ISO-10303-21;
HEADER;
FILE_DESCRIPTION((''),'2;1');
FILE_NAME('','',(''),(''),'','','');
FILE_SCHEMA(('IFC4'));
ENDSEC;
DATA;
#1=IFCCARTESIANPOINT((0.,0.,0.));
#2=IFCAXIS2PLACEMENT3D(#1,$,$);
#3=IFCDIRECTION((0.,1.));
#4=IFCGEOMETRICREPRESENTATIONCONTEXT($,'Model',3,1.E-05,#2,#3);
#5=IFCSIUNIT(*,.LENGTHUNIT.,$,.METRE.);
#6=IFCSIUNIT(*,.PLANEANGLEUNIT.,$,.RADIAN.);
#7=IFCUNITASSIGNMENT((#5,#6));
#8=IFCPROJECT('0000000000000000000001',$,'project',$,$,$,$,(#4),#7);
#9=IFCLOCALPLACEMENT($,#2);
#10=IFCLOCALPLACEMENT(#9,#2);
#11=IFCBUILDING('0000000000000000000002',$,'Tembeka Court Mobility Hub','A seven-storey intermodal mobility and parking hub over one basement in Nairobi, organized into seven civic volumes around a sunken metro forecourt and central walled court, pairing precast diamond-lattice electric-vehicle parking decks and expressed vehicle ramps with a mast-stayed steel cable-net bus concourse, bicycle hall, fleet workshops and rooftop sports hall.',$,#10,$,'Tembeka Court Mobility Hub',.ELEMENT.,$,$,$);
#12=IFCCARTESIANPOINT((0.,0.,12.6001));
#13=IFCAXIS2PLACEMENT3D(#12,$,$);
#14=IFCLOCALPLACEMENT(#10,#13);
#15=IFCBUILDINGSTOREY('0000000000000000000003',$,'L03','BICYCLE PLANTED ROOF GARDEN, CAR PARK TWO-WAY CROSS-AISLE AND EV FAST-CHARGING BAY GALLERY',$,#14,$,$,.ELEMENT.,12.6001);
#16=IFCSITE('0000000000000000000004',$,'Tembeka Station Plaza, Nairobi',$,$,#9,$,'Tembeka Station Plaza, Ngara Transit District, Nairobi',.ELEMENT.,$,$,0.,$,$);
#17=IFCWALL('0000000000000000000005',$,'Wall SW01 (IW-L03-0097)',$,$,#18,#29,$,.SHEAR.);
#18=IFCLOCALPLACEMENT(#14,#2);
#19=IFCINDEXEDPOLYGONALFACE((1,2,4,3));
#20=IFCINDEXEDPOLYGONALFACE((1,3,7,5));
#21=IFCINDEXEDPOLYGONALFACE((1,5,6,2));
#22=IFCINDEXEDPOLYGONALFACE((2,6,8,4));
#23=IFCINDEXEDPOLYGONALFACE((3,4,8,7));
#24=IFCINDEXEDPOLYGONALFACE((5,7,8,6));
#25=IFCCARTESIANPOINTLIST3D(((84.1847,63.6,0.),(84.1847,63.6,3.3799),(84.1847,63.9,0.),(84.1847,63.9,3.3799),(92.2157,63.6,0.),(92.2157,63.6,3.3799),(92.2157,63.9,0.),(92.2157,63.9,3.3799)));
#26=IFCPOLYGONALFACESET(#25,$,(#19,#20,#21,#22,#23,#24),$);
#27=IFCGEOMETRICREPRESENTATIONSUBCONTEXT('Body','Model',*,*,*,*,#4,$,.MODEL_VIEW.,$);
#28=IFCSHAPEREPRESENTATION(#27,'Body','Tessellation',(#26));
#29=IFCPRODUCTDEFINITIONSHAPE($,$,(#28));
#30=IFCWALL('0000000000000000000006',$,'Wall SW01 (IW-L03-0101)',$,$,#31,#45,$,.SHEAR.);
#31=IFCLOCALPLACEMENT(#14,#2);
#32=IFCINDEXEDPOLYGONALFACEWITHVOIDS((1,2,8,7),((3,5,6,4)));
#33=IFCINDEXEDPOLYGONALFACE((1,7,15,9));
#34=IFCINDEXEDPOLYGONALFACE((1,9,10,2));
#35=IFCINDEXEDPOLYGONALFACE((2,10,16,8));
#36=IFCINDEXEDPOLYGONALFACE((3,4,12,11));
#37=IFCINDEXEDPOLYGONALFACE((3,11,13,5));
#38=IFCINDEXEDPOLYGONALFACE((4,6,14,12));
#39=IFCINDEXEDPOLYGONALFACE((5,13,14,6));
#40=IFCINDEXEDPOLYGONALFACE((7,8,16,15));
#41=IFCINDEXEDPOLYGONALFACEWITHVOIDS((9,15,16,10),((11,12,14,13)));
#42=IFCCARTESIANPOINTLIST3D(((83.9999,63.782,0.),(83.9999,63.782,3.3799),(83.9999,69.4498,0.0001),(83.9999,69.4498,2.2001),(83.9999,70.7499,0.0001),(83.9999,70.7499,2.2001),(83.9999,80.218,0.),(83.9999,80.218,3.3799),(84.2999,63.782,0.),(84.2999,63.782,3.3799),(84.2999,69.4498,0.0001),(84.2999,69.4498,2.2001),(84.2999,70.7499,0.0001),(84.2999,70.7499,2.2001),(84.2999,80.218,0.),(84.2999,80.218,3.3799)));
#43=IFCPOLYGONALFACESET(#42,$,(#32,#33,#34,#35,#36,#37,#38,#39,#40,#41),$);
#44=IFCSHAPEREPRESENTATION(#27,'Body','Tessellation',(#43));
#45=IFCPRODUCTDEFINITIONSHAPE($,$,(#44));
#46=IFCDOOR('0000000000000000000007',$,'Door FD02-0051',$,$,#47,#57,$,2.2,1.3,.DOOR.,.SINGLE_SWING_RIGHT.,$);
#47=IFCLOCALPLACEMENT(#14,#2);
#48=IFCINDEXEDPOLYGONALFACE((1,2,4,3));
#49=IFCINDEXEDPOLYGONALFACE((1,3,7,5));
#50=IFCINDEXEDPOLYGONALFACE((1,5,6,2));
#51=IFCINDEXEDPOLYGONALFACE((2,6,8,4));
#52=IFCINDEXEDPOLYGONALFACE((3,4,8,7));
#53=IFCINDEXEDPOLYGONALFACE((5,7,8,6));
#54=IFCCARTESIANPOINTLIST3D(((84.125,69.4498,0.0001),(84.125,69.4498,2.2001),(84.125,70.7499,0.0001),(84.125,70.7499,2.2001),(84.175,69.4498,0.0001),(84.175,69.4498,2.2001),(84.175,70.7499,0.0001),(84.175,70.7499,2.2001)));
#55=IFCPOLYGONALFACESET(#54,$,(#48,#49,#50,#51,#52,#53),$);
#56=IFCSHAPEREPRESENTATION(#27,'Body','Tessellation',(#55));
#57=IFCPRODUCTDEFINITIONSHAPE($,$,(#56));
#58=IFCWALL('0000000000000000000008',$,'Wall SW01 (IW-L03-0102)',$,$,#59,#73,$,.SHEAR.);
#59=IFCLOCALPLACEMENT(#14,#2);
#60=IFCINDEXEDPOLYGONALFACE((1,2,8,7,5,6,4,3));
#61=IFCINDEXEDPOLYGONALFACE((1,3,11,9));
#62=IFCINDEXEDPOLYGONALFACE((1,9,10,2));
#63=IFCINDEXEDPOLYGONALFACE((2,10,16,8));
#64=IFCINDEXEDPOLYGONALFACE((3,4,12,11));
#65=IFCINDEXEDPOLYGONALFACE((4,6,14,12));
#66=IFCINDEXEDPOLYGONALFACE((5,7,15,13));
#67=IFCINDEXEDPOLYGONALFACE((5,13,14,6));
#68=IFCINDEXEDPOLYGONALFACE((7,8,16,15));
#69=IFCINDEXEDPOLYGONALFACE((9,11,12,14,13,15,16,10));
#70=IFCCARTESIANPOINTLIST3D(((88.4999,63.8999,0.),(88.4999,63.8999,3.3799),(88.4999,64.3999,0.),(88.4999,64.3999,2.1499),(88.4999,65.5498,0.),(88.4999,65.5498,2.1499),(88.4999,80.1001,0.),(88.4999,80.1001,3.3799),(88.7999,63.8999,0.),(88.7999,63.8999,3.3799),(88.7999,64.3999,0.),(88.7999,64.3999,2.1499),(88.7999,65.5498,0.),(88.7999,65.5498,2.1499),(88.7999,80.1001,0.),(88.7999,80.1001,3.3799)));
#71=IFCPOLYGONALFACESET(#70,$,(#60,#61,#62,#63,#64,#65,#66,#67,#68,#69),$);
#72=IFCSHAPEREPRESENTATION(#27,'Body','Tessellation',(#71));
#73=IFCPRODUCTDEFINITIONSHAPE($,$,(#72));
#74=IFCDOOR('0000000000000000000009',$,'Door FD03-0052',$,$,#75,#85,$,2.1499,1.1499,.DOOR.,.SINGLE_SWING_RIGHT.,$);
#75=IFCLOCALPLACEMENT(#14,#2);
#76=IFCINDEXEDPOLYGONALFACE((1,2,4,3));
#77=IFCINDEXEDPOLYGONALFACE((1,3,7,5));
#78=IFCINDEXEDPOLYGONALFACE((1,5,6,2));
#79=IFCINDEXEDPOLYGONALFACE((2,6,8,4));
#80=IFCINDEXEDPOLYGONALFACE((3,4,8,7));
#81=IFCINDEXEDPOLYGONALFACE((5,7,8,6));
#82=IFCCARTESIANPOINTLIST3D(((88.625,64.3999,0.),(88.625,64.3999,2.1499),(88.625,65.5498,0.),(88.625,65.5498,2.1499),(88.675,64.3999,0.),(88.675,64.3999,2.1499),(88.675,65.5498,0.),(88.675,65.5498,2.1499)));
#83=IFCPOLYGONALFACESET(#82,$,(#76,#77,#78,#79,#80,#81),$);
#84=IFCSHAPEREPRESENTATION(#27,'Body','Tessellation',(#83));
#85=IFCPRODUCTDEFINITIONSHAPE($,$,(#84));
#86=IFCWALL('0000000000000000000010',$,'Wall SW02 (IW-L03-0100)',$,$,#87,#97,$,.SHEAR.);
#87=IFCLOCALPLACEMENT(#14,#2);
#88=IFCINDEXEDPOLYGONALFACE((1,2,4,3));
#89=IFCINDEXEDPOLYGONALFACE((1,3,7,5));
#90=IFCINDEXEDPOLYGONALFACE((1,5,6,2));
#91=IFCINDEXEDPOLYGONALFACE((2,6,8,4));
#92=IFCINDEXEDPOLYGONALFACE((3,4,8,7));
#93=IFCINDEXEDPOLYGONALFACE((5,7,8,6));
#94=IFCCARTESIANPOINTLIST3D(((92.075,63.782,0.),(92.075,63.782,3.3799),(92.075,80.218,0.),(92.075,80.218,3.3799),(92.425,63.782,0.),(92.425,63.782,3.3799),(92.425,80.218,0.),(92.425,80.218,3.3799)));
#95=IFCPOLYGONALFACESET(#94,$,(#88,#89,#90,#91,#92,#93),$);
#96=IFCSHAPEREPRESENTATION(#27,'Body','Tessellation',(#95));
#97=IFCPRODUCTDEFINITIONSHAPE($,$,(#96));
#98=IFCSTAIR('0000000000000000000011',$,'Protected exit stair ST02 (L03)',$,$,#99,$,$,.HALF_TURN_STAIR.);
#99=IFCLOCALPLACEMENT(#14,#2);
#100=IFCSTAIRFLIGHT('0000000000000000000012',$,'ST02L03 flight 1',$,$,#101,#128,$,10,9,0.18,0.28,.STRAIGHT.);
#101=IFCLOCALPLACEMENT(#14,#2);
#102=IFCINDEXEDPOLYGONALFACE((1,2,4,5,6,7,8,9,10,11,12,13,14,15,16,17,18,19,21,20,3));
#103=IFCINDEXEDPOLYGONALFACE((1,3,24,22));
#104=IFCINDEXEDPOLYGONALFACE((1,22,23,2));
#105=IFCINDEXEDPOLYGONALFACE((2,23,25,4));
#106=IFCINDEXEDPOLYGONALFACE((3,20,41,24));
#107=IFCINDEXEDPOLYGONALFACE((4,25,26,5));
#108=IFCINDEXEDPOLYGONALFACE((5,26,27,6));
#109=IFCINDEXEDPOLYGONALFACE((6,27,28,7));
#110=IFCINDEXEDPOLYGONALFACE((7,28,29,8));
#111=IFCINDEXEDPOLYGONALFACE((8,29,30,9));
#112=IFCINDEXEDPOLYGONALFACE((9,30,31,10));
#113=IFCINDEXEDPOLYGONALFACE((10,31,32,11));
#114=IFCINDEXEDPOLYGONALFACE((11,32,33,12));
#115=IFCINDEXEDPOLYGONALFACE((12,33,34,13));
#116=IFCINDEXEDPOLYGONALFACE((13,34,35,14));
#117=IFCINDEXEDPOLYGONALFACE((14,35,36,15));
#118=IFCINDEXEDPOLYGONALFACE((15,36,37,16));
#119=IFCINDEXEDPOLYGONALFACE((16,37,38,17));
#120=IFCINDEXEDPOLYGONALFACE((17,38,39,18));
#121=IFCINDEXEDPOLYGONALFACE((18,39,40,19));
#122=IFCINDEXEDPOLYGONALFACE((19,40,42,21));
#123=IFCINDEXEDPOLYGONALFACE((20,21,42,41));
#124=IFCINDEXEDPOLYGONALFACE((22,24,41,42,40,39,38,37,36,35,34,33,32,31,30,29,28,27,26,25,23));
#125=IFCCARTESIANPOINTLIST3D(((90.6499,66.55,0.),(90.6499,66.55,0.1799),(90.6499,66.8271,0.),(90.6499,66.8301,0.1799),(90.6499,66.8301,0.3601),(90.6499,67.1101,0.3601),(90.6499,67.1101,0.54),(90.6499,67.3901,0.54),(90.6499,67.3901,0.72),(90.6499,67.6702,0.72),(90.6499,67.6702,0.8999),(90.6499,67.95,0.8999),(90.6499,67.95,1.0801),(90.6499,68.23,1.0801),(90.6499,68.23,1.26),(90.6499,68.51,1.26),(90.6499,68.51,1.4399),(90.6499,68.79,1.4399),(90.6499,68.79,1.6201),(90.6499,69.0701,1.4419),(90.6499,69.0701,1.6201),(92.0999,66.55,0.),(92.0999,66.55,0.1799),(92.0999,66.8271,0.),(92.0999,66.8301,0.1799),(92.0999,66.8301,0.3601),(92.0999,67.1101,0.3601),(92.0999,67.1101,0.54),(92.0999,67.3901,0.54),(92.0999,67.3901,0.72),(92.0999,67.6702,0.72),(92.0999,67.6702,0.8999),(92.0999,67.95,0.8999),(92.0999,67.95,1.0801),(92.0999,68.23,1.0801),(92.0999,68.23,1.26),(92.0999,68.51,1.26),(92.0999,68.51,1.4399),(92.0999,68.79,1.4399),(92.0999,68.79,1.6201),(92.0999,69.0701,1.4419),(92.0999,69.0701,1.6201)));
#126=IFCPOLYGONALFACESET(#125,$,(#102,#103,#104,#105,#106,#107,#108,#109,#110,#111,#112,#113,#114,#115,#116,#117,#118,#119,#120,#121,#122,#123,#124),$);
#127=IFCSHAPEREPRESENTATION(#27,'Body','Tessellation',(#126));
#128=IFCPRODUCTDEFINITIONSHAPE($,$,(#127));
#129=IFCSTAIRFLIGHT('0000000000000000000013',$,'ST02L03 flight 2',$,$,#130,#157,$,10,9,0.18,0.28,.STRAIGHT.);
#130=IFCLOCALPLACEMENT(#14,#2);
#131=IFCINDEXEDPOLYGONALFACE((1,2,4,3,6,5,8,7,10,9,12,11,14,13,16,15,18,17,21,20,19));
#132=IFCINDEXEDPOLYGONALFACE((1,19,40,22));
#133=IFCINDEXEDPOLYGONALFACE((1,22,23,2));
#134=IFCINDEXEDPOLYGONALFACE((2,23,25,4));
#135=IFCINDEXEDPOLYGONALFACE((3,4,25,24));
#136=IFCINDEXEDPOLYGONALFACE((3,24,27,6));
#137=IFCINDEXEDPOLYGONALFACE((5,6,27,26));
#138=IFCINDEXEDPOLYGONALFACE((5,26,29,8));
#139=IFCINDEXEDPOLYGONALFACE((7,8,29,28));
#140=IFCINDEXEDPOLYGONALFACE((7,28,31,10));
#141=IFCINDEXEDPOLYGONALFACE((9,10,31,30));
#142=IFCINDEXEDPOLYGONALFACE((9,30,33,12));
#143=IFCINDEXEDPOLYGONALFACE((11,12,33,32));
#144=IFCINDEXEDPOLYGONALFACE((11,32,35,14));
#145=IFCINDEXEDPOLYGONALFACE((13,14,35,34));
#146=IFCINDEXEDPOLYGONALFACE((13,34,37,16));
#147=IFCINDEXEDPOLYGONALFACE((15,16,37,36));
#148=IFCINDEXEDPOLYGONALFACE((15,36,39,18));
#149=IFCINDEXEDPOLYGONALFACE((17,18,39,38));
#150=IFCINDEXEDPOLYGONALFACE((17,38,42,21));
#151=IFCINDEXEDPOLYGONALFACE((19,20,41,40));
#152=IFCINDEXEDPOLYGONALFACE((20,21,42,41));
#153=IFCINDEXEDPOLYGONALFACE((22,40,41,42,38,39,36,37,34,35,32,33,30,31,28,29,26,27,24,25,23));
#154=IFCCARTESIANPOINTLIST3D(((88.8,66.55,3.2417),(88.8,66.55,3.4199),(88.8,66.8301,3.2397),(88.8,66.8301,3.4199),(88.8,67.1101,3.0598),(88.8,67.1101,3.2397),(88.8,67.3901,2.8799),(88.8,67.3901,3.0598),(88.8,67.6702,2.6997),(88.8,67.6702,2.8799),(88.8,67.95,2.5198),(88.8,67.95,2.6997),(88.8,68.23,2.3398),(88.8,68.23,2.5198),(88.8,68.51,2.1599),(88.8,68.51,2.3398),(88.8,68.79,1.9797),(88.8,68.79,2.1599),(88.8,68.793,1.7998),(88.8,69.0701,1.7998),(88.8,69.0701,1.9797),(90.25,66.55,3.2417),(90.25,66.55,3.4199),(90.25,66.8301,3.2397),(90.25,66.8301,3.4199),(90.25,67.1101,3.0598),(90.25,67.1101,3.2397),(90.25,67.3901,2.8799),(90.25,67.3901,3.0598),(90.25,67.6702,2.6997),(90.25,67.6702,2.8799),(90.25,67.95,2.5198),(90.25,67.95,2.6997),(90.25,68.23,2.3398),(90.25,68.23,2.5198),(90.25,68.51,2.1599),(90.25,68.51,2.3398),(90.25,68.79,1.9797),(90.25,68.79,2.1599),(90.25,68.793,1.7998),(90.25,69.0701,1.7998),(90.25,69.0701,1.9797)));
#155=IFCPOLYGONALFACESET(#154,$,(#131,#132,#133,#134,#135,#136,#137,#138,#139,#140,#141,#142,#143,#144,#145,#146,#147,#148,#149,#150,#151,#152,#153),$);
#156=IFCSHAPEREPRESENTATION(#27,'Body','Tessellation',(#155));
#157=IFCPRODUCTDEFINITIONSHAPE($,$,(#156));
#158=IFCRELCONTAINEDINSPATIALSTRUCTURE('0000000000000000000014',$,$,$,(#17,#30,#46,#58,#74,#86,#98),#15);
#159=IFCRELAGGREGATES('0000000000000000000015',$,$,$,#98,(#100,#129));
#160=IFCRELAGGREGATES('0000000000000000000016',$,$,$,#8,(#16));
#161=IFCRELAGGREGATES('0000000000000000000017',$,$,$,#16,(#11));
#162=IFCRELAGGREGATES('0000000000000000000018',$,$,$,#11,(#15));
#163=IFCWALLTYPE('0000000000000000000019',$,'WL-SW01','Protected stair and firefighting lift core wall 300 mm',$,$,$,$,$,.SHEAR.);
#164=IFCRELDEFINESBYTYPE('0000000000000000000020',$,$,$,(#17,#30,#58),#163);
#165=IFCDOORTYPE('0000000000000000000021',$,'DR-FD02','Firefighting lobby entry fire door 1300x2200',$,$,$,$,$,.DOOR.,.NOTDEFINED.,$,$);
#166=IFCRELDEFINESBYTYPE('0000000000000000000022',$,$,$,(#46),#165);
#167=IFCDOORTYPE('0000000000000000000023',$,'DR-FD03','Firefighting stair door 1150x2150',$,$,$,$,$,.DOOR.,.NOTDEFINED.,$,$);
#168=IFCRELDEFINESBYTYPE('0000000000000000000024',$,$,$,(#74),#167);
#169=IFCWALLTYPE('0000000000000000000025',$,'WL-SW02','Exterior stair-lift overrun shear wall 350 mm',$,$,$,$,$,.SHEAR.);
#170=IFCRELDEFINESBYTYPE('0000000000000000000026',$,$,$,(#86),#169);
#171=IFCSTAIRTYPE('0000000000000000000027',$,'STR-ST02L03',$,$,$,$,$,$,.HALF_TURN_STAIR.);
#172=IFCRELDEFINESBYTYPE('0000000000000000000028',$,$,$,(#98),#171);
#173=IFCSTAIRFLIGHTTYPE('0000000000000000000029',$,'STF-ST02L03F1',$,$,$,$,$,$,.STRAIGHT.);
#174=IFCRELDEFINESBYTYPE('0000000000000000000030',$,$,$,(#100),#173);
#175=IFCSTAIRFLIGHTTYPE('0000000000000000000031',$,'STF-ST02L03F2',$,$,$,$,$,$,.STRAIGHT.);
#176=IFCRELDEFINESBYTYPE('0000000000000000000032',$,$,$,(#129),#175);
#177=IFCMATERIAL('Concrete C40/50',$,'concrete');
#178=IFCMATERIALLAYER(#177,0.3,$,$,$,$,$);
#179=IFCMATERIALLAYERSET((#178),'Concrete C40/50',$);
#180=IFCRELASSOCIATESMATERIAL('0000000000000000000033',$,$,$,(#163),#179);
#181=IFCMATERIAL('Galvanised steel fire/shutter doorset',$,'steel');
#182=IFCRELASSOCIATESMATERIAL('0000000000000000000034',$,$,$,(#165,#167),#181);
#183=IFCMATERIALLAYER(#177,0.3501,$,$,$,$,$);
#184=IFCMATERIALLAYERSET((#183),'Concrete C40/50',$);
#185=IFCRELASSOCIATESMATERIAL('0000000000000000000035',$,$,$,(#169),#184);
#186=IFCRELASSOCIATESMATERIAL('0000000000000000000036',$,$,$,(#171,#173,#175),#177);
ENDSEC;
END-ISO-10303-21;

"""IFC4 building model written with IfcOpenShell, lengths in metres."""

from ifc_helpers import new_model, si_unit, direction, frame, frame_2d, origin, place, context, subcontext, project, spatial, polyline, rectangle, outline, extrude, material, layer, layer_set, type_object, element, fill, aggregate, save


model = new_model("IFC4")

# Units and contexts
model_context = context("Model", 3, precision=1e-05, world=origin(), true_north=direction((0.0, 1.0)))
body_context = subcontext(model_context, "Body", "Model", "MODEL_VIEW")
ifc_project = project(units=[si_unit("LENGTHUNIT", "METRE"), si_unit("PLANEANGLEUNIT", "RADIAN")], contexts=[model_context])

# Site, building, storey
site_placement = place(None, origin())
site = spatial("IfcSite", under=ifc_project, at=site_placement, Name="Tembeka Station Plaza, Nairobi", LongName="Tembeka Station Plaza, Ngara Transit District, Nairobi", CompositionType="ELEMENT", RefElevation=0.0)
building_placement = place(site_placement, origin())
building = spatial("IfcBuilding", under=site, at=building_placement, Name="Tembeka Court Mobility Hub", Description="A seven-storey intermodal mobility and parking hub over one basement in Nairobi, organized into seven civic volumes around a sunken metro forecourt and central walled court, pairing precast diamond-lattice electric-vehicle parking decks and expressed vehicle ramps with a mast-stayed steel cable-net bus concourse, bicycle hall, fleet workshops and rooftop sports hall.", LongName="Tembeka Court Mobility Hub", CompositionType="ELEMENT")
storey_placement = place(building_placement, frame((0.0, 0.0, 12.6001)))
storey = spatial("IfcBuildingStorey", under=building, at=storey_placement, Name="L03", Description="BICYCLE PLANTED ROOF GARDEN, CAR PARK TWO-WAY CROSS-AISLE AND EV FAST-CHARGING BAY GALLERY", CompositionType="ELEMENT", Elevation=12.6001)

# Wall
ifc_material_1 = material(Name="Concrete C40/50", Category="concrete")
ifc_layer_1 = layer(ifc_material_1, 0.3)
ifc_layer_set_1 = layer_set([ifc_layer_1], Name="Concrete C40/50")
wall_type_1 = type_object("IfcWallType", Name="WL-SW01", Description="Protected stair and firefighting lift core wall 300 mm", PredefinedType="SHEAR", material=ifc_layer_set_1)
wall_1_placement = place(storey_placement, frame((84.1846, 63.75, 0.0), z_axis=(0.0, 0.0, 1.0), x_axis=(1.0, 0.0, 0.0)))
element("IfcWall", 1, at=wall_1_placement, inside=storey, type_object=wall_type_1, Name="Wall SW01 (IW-L03-0097)", PredefinedType="SHEAR", context=body_context, shape_type="SweptSolid", body=[
    extrude(rectangle(XDim=8.031, YDim=0.3, at=frame_2d((4.0156, 0.0))), origin(), (0.0, 0.0, 1.0), 3.3799),
])

# Walls, openings, doors
wall_2_placement = place(storey_placement, frame((84.1499, 63.782, 0.0), z_axis=(0.0, 0.0, 1.0), x_axis=(0.0, 1.0, 0.0)))
wall_2 = element("IfcWall", 2, at=wall_2_placement, inside=storey, type_object=wall_type_1, Name="Wall SW01 (IW-L03-0101)", PredefinedType="SHEAR", context=body_context, shape_type="SweptSolid", body=[
    extrude(rectangle(XDim=16.436, YDim=0.3, at=frame_2d((8.218, 0.0))), origin(), (0.0, 0.0, 1.0), 3.3799),
])
opening_1_placement = place(wall_2_placement, frame((5.668, 0.0, 0.0)))
opening_1 = element("IfcOpeningElement", 3, at=opening_1_placement, cuts=wall_2, PredefinedType="OPENING", context=body_context, shape_type="SweptSolid", body=[
    extrude(rectangle(XDim=1.3, YDim=2.2, at=frame_2d((0.6499, 1.1001))), frame((0.0, 0.1602, 0.0), z_axis=(0.0, -1.0, 0.0), x_axis=(1.0, 0.0, 0.0)), (0.0, 0.0, 1.0), 0.3201),
])
ifc_material_2 = material(Name="Galvanised steel fire/shutter doorset", Category="steel")
door_type_1 = type_object("IfcDoorType", Name="DR-FD02", Description="Firefighting lobby entry fire door 1300x2200", OperationType="NOTDEFINED", PredefinedType="DOOR", material=ifc_material_2)
door_1_placement = place(opening_1_placement, origin())
door_1 = element("IfcDoor", 4, at=door_1_placement, inside=storey, type_object=door_type_1, Name="Door FD02-0051", OperationType="SINGLE_SWING_RIGHT", OverallHeight=2.2, OverallWidth=1.3, PredefinedType="DOOR", context=body_context, shape_type="SweptSolid", body=[
    extrude(rectangle(XDim=1.3, YDim=2.2, at=frame_2d((0.6499, 1.1001))), frame((0.0, 0.0249, 0.0), z_axis=(0.0, -1.0, 0.0), x_axis=(1.0, 0.0, 0.0)), (0.0, 0.0, 1.0), 0.05),
])
fill(opening_1, door_1)
wall_3_placement = place(storey_placement, frame((88.6499, 63.8999, 0.0), z_axis=(0.0, 0.0, 1.0), x_axis=(0.0, 1.0, 0.0)))
wall_3 = element("IfcWall", 5, at=wall_3_placement, inside=storey, type_object=wall_type_1, Name="Wall SW01 (IW-L03-0102)", PredefinedType="SHEAR", context=body_context, shape_type="SweptSolid", body=[
    extrude(rectangle(XDim=16.2002, YDim=0.3, at=frame_2d((8.1001, 0.0))), origin(), (0.0, 0.0, 1.0), 3.3799),
])
opening_2_placement = place(wall_3_placement, frame((0.5, 0.0, 0.0)))
opening_2 = element("IfcOpeningElement", 6, at=opening_2_placement, cuts=wall_3, PredefinedType="OPENING", context=body_context, shape_type="SweptSolid", body=[
    extrude(rectangle(XDim=1.1499, YDim=2.1499, at=frame_2d((0.575, 1.075))), frame((0.0, 0.1602, 0.0), z_axis=(0.0, -1.0, 0.0), x_axis=(1.0, 0.0, 0.0)), (0.0, 0.0, 1.0), 0.3201),
])
door_type_2 = type_object("IfcDoorType", Name="DR-FD03", Description="Firefighting stair door 1150x2150", OperationType="NOTDEFINED", PredefinedType="DOOR", material=ifc_material_2)
door_2_placement = place(opening_2_placement, origin())
door_2 = element("IfcDoor", 7, at=door_2_placement, inside=storey, type_object=door_type_2, Name="Door FD03-0052", OperationType="SINGLE_SWING_RIGHT", OverallHeight=2.1499, OverallWidth=1.1499, PredefinedType="DOOR", context=body_context, shape_type="SweptSolid", body=[
    extrude(rectangle(XDim=1.1499, YDim=2.1499, at=frame_2d((0.575, 1.075))), frame((0.0, 0.0249, 0.0), z_axis=(0.0, -1.0, 0.0), x_axis=(1.0, 0.0, 0.0)), (0.0, 0.0, 1.0), 0.05),
])
fill(opening_2, door_2)

# Wall
ifc_layer_2 = layer(ifc_material_1, 0.3501)
ifc_layer_set_2 = layer_set([ifc_layer_2], Name="Concrete C40/50")
wall_type_2 = type_object("IfcWallType", Name="WL-SW02", Description="Exterior stair-lift overrun shear wall 350 mm", PredefinedType="SHEAR", material=ifc_layer_set_2)
wall_4_placement = place(storey_placement, frame((92.25, 63.782, 0.0), z_axis=(0.0, 0.0, 1.0), x_axis=(0.0, 1.0, 0.0)))
element("IfcWall", 8, at=wall_4_placement, inside=storey, type_object=wall_type_2, Name="Wall SW02 (IW-L03-0100)", PredefinedType="SHEAR", context=body_context, shape_type="SweptSolid", body=[
    extrude(rectangle(XDim=16.436, YDim=0.3501, at=frame_2d((8.218, 0.0))), origin(), (0.0, 0.0, 1.0), 3.3799),
])

# Stair, stair flights
stair_type = type_object("IfcStairType", Name="STR-ST02L03", PredefinedType="HALF_TURN_STAIR", material=ifc_material_1)
stair_placement = place(storey_placement, origin())
stair = element("IfcStair", 9, at=stair_placement, inside=storey, type_object=stair_type, Name="Protected exit stair ST02 (L03)", PredefinedType="HALF_TURN_STAIR")
stair_flight_type_1 = type_object("IfcStairFlightType", Name="STF-ST02L03F1", PredefinedType="STRAIGHT", material=ifc_material_1)
stair_flight_1_placement = place(storey_placement, frame((91.375, 66.55, 0.0), z_axis=(0.0, 0.0, 1.0), x_axis=(0.0, 1.0, 0.0)))
stair_flight_1 = element("IfcStairFlight", 10, at=stair_flight_1_placement, type_object=stair_flight_type_1, Name="ST02L03 flight 1", NumberOfRisers=10, NumberOfTreads=9, PredefinedType="STRAIGHT", RiserHeight=0.18, TreadLength=0.28, context=body_context, shape_type="SweptSolid", body=[
    extrude(outline(polyline([(0.0, 0.0), (0.0, 0.1799), (0.28, 0.1799), (0.28, 0.3601), (0.5601, 0.3601), (0.5601, 0.54), (0.8401, 0.54), (0.8401, 0.72), (1.1201, 0.72), (1.1201, 0.8999), (1.3999, 0.8999), (1.3999, 1.0801), (1.6799, 1.0801), (1.6799, 1.26), (1.96, 1.26), (1.96, 1.4399), (2.24, 1.4399), (2.24, 1.6201), (2.52, 1.6201), (2.52, 1.8), (2.52, 1.4419), (0.2771, 0.0), (0.0, 0.0)])), frame((0.0, 0.7251, 0.0), z_axis=(0.0, -1.0, 0.0), x_axis=(1.0, 0.0, 0.0)), (0.0, 0.0, 1.0), 1.45),
])
stair_flight_type_2 = type_object("IfcStairFlightType", Name="STF-ST02L03F2", PredefinedType="STRAIGHT", material=ifc_material_1)
stair_flight_2_placement = place(storey_placement, frame((89.5249, 69.0701, 1.7998), z_axis=(0.0, 0.0, 1.0), x_axis=(0.0, -1.0, 0.0)))
stair_flight_2 = element("IfcStairFlight", 11, at=stair_flight_2_placement, type_object=stair_flight_type_2, Name="ST02L03 flight 2", NumberOfRisers=10, NumberOfTreads=9, PredefinedType="STRAIGHT", RiserHeight=0.18, TreadLength=0.28, context=body_context, shape_type="SweptSolid", body=[
    extrude(outline(polyline([(0.0, 0.0), (0.0, 0.1799), (0.28, 0.1799), (0.28, 0.3601), (0.5601, 0.3601), (0.5601, 0.54), (0.8401, 0.54), (0.8401, 0.72), (1.1201, 0.72), (1.1201, 0.8999), (1.3999, 0.8999), (1.3999, 1.0801), (1.6799, 1.0801), (1.6799, 1.26), (1.96, 1.26), (1.96, 1.4399), (2.24, 1.4399), (2.24, 1.6201), (2.52, 1.6201), (2.52, 1.8), (2.52, 1.4419), (0.2771, 0.0), (0.0, 0.0)])), frame((0.0, 0.7251, 0.0), z_axis=(0.0, -1.0, 0.0), x_axis=(1.0, 0.0, 0.0)), (0.0, 0.0, 1.0), 1.45),
])
aggregate(stair, [stair_flight_1, stair_flight_2])

save(model, "model.ifc")
